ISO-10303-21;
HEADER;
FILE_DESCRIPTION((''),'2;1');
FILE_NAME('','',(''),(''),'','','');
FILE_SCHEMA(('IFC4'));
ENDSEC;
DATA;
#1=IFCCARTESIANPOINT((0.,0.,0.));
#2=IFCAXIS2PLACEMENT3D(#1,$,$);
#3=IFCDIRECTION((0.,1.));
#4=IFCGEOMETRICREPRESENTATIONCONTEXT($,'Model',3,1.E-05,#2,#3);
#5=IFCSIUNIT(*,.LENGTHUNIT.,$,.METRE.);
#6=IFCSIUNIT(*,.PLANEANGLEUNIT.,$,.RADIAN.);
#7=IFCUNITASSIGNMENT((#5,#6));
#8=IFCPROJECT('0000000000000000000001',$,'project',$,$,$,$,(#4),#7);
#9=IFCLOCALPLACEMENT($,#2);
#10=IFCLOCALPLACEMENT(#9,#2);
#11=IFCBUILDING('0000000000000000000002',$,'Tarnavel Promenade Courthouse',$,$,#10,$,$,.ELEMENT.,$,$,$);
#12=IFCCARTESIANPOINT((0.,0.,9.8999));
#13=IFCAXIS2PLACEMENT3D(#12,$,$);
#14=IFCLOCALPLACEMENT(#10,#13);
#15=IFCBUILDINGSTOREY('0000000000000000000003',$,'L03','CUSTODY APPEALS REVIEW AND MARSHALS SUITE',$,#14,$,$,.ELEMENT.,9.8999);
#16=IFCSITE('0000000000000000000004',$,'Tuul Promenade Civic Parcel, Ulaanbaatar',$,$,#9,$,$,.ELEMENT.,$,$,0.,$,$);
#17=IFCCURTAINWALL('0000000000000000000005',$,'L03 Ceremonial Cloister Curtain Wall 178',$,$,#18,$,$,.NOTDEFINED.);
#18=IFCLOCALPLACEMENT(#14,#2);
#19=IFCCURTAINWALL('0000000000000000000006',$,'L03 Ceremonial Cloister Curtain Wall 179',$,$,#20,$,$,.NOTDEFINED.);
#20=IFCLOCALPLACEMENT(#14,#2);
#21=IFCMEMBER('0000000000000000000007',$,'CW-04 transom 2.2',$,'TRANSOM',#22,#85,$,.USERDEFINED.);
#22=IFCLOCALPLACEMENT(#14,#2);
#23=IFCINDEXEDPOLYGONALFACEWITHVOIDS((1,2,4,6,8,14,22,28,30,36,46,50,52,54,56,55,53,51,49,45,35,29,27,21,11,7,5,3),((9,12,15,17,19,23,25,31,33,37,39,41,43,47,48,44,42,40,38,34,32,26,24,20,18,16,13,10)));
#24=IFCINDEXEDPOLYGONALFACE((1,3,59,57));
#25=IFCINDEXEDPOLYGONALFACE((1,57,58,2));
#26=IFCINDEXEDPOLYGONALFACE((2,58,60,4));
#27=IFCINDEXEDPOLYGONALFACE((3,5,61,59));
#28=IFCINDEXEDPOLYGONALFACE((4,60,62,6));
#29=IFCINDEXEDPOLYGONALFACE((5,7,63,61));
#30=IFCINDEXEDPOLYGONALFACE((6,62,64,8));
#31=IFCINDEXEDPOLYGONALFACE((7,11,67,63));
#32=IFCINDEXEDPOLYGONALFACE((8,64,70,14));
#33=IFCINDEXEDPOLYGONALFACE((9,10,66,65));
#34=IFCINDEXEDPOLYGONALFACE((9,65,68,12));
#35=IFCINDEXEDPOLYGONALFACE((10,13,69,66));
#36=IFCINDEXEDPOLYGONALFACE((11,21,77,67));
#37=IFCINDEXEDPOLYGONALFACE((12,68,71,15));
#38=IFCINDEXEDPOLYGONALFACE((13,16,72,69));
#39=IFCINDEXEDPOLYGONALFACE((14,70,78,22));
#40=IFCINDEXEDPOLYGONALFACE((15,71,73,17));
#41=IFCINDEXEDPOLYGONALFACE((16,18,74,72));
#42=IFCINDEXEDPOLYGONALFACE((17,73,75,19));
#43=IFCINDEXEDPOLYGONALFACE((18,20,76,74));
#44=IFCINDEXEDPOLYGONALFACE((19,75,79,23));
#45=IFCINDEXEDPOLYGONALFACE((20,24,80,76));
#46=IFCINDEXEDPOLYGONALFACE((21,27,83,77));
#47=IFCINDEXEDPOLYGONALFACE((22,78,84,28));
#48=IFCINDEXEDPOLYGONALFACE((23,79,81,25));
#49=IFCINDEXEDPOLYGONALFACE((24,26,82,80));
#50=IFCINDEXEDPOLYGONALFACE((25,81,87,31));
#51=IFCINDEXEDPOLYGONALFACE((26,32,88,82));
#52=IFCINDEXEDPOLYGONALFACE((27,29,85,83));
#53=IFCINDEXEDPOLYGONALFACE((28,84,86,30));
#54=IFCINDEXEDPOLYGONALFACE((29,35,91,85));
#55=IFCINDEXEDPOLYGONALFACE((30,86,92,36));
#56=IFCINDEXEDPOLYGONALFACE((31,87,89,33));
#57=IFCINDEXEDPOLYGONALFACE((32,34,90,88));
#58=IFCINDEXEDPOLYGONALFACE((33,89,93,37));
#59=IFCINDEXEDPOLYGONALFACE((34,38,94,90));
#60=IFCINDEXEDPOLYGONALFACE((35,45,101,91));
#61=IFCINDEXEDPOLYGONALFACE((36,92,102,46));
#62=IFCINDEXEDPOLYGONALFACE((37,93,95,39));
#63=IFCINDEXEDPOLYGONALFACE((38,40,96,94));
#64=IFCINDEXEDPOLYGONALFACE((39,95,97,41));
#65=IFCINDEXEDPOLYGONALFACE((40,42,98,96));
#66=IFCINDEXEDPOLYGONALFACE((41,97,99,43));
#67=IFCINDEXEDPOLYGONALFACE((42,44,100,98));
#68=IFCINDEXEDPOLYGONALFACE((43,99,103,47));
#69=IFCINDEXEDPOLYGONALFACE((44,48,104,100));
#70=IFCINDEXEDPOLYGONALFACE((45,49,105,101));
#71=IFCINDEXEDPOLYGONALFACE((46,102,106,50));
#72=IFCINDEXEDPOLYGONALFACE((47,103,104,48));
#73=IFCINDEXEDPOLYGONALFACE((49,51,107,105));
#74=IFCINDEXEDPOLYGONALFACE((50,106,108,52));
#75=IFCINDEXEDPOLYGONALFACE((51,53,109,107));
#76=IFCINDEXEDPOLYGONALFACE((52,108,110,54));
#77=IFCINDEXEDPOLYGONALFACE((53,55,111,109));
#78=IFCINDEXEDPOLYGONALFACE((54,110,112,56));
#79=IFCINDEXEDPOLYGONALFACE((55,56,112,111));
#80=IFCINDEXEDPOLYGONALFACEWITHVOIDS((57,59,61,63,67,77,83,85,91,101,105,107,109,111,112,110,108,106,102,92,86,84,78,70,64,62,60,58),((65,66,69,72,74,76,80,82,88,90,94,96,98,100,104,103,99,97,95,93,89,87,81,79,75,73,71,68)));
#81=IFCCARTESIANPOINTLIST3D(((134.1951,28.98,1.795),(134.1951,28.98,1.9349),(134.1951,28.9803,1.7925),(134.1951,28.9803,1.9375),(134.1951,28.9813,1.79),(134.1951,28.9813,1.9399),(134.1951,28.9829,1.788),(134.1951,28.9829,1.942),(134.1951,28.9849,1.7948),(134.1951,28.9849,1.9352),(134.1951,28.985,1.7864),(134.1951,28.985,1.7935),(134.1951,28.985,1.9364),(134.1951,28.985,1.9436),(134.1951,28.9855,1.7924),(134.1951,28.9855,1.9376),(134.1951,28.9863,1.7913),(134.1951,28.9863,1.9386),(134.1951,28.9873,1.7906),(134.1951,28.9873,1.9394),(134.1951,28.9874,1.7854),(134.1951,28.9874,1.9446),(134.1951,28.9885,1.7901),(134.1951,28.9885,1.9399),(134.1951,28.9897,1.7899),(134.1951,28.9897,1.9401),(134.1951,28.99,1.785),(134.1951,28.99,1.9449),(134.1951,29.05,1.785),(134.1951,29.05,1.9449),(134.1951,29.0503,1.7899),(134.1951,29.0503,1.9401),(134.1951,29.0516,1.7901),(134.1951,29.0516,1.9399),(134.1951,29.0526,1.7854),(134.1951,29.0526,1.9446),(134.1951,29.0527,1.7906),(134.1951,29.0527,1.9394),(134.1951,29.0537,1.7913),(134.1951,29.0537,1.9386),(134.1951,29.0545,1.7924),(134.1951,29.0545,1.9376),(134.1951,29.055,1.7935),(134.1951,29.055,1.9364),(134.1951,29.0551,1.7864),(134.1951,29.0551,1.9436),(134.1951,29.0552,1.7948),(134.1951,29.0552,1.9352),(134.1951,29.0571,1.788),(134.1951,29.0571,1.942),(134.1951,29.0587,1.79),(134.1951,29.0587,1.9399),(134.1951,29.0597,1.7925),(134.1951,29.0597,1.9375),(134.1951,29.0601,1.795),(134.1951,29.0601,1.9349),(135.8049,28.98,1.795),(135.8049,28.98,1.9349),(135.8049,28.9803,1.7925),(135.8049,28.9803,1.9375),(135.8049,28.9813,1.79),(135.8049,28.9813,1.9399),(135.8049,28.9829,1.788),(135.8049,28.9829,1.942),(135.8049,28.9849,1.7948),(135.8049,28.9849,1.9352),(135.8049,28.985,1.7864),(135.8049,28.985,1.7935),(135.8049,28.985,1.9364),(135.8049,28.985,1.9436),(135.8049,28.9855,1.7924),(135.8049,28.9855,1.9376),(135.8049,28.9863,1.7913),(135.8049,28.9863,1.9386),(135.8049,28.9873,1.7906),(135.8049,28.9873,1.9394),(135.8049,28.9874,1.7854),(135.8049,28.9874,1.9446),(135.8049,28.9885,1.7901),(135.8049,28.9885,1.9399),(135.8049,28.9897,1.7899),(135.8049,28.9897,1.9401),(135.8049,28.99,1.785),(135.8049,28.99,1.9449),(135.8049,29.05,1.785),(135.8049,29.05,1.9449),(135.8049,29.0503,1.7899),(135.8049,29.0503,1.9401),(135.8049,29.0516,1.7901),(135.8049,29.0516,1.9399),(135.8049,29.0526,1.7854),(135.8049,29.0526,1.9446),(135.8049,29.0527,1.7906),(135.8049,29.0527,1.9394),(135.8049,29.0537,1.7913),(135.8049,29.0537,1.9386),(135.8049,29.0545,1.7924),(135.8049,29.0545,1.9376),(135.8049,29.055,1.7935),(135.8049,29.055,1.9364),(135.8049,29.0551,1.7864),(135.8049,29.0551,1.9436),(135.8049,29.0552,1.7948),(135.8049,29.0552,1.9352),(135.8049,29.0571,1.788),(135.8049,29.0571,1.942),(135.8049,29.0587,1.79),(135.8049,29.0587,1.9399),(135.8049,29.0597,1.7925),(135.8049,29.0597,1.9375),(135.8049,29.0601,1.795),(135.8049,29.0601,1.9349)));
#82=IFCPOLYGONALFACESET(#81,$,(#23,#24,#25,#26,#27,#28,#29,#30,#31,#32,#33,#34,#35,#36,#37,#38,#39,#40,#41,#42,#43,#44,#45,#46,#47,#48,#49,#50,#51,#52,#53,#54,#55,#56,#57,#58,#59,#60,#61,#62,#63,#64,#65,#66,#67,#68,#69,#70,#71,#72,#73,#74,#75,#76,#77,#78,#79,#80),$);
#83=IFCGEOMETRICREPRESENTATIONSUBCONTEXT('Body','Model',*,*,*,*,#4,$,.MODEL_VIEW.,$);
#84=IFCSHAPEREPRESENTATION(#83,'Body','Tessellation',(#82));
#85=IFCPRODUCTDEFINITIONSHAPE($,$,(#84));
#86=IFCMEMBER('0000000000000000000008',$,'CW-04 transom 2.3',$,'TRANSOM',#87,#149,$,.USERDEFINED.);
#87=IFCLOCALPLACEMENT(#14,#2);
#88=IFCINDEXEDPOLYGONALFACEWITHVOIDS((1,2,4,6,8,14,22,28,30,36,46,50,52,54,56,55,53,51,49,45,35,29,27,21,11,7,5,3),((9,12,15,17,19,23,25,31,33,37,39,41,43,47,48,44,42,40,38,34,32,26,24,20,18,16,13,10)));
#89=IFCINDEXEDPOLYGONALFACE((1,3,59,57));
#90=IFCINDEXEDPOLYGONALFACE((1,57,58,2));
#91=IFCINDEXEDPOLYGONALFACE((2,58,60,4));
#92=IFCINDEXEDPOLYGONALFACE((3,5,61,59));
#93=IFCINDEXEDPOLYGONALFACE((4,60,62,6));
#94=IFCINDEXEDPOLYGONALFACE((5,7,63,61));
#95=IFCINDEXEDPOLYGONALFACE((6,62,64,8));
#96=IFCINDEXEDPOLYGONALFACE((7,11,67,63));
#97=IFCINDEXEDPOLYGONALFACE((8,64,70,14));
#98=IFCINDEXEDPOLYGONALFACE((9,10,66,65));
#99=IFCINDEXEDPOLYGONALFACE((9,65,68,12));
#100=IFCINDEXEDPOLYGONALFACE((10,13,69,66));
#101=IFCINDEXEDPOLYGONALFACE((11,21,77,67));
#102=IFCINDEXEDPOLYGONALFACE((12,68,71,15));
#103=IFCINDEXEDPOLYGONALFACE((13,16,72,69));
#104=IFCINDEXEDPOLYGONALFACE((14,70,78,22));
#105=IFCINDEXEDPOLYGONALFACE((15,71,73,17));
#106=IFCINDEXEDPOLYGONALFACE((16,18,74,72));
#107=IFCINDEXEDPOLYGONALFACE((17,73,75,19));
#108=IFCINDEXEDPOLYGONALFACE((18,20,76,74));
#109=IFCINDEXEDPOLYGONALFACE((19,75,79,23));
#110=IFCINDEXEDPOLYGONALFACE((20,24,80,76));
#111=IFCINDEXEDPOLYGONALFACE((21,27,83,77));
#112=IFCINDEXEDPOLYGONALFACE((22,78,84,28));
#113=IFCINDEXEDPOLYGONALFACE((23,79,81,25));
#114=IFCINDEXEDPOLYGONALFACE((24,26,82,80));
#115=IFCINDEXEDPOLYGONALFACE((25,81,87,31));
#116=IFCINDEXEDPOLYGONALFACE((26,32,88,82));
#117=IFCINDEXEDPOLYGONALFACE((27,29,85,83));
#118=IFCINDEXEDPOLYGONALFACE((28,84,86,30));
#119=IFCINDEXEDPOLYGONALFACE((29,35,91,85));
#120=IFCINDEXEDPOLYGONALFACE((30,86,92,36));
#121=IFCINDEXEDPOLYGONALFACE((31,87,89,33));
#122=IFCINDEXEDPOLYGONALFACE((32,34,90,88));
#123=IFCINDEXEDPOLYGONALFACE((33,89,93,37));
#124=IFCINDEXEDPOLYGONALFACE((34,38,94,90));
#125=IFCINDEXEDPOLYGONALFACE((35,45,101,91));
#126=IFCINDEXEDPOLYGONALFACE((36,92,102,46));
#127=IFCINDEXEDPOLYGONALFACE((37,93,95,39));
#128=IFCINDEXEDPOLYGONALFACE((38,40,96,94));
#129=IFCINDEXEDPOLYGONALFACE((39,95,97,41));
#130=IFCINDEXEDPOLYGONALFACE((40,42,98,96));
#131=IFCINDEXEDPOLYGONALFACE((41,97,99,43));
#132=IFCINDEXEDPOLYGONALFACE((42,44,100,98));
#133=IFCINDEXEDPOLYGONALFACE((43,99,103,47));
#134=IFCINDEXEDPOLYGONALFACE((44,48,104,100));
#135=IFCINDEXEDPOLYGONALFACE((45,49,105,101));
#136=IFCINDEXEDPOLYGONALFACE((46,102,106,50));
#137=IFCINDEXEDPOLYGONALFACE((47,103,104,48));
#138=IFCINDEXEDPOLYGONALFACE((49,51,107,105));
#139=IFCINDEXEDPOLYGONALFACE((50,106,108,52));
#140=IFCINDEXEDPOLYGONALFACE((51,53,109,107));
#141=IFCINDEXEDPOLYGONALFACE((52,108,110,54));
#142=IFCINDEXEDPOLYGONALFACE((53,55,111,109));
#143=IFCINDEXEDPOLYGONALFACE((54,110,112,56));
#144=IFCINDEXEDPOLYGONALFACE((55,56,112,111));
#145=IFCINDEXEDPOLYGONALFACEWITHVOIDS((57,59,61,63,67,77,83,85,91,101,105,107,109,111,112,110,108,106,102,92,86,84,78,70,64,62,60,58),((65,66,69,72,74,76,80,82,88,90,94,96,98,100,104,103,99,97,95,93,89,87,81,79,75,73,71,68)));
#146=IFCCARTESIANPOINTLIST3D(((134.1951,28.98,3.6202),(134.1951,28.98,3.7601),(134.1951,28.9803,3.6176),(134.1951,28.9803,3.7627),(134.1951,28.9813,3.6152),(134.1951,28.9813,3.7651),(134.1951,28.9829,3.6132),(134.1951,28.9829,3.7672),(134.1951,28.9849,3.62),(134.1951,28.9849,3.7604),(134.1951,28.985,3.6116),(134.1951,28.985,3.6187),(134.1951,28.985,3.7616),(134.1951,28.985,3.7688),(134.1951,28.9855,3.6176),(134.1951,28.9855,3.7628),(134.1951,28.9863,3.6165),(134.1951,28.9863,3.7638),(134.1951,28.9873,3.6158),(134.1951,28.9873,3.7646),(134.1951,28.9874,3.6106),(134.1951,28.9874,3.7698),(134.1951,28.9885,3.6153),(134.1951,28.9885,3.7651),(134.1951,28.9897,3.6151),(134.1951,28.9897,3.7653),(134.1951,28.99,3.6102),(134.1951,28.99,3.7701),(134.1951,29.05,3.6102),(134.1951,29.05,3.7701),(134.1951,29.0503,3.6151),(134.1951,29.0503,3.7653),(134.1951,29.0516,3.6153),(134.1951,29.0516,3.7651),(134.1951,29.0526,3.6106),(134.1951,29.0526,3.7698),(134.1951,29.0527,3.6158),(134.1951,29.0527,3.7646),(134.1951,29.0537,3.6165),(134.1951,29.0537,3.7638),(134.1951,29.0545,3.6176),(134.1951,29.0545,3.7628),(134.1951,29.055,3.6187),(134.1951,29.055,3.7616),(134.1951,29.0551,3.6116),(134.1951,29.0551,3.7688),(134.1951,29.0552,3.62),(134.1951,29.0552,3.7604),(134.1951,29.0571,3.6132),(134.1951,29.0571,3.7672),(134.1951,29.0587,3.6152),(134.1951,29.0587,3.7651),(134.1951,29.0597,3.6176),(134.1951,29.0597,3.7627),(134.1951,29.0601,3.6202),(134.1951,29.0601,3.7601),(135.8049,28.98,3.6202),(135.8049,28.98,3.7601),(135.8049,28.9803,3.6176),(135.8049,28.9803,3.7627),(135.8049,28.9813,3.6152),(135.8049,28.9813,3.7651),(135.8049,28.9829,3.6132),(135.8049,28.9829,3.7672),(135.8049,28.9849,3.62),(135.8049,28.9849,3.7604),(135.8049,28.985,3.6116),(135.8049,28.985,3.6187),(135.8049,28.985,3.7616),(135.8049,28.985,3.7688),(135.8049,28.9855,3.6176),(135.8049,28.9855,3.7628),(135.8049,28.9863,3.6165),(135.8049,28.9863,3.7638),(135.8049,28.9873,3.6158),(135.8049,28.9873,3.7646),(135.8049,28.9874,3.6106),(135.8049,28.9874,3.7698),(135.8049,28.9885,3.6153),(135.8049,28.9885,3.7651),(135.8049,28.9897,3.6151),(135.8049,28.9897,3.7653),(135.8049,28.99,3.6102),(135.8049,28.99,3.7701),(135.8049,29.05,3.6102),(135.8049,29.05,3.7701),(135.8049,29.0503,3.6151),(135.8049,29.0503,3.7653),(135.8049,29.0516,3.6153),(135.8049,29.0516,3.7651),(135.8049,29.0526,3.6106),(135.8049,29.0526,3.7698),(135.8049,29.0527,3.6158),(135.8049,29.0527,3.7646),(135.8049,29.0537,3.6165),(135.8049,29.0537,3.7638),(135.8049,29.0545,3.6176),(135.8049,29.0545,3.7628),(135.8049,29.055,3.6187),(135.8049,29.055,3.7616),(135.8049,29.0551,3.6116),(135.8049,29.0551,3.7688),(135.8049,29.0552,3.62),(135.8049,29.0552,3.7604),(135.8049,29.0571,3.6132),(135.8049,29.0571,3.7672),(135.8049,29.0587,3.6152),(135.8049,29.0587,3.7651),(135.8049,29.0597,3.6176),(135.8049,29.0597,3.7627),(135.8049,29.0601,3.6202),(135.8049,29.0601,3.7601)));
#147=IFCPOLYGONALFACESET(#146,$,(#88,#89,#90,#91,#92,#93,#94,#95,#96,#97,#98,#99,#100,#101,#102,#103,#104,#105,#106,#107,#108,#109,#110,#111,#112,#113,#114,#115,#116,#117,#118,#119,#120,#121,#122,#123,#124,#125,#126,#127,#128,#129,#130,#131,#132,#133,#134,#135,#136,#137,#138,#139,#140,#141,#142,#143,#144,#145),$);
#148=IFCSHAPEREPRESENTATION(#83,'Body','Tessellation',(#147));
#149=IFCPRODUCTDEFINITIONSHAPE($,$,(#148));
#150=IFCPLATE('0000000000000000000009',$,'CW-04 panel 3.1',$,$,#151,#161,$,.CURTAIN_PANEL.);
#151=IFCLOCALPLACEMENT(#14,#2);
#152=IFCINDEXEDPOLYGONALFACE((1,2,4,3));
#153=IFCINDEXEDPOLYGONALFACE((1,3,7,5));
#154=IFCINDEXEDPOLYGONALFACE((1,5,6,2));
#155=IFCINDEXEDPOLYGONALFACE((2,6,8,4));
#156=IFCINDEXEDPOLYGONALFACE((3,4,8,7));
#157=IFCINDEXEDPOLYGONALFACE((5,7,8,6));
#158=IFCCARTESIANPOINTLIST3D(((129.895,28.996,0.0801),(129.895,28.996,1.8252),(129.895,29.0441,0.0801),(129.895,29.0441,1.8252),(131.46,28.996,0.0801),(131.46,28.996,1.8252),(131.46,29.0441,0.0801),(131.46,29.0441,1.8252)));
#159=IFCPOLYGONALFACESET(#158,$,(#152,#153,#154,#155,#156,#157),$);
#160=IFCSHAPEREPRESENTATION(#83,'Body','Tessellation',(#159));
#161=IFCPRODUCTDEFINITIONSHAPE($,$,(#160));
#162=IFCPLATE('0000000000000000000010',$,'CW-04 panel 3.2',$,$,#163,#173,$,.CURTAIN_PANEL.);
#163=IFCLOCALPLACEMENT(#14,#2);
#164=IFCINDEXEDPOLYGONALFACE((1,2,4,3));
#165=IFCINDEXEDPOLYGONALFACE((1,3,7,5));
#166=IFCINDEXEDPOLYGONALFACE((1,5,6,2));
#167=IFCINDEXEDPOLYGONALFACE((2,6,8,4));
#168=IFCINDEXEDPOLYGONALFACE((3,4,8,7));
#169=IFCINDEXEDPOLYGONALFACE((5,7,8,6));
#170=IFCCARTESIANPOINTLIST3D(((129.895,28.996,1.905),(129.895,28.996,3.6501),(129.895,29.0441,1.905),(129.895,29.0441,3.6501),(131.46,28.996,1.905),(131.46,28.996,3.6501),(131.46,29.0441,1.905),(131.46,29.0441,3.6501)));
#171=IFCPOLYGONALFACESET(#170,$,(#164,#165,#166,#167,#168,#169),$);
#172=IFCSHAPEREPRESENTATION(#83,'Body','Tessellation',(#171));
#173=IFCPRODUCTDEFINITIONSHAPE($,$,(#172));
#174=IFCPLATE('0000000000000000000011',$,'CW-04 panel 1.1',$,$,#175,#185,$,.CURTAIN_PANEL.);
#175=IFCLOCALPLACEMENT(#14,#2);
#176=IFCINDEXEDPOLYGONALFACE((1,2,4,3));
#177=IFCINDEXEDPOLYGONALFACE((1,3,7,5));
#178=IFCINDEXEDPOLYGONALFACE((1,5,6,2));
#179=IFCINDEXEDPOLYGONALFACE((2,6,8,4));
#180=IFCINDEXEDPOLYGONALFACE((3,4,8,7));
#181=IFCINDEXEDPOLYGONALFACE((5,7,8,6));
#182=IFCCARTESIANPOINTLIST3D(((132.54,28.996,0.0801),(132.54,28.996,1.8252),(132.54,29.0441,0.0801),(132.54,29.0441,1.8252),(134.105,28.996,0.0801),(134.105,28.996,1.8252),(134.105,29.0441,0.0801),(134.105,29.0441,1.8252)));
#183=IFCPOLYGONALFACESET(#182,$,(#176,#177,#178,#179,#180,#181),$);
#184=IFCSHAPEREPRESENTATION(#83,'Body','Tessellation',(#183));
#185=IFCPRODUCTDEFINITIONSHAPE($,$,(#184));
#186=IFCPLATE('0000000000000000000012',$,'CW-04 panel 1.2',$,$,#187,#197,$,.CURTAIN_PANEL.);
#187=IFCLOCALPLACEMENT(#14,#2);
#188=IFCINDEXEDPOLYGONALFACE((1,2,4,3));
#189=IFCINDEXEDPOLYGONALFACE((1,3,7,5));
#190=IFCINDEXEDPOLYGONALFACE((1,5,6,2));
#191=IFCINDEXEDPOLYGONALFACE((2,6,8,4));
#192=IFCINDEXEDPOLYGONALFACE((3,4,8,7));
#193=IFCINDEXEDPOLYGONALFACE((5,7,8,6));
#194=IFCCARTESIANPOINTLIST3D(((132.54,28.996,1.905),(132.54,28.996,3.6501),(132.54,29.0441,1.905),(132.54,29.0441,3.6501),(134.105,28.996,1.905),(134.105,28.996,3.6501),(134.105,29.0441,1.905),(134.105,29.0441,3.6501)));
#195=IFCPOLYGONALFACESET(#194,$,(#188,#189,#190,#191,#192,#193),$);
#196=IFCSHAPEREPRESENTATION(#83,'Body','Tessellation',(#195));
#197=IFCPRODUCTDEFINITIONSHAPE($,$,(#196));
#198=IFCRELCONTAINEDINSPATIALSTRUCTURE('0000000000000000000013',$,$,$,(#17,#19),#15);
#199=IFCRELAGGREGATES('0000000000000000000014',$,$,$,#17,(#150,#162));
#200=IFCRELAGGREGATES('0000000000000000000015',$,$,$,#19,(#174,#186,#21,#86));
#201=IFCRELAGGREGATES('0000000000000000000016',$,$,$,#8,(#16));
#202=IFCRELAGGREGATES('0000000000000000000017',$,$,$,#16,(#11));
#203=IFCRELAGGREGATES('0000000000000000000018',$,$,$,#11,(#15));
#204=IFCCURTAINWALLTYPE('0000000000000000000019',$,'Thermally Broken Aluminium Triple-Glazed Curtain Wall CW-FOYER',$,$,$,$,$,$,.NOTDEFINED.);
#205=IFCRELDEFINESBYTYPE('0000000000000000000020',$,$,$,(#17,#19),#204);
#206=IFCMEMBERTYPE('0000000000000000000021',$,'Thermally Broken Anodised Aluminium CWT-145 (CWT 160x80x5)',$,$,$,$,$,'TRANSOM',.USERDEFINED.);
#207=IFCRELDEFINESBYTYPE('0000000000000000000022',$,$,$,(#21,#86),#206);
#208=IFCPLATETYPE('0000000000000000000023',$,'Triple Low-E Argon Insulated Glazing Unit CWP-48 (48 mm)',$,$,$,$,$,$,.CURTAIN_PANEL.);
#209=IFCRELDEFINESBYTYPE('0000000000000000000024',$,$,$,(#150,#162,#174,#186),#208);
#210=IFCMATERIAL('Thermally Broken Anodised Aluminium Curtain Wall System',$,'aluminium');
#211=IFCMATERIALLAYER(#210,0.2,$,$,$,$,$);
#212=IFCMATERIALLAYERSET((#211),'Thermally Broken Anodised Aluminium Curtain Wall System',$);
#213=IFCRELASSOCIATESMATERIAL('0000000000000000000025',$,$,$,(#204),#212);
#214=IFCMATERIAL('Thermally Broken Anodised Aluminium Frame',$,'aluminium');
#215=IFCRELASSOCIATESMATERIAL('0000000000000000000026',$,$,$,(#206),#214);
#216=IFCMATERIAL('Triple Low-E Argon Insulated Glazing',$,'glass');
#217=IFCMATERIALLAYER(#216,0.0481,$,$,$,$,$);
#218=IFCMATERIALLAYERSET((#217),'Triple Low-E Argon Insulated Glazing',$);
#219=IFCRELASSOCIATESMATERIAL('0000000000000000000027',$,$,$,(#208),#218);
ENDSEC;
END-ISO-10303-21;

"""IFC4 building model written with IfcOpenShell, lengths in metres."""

from ifc_helpers import new_model, si_unit, direction, frame, origin, origin_2d, place, context, subcontext, project, spatial, rectangle, hollow_rectangle, extrude, material, layer, layer_set, material_profile, profile_set, type_object, element, aggregate, save


model = new_model("IFC4")

# Units and contexts
model_context = context("Model", 3, precision=1e-05, world=origin(), true_north=direction((0.0, 1.0)))
body_context = subcontext(model_context, "Body", "Model", "MODEL_VIEW")
ifc_project = project(units=[si_unit("LENGTHUNIT", "METRE"), si_unit("PLANEANGLEUNIT", "RADIAN")], contexts=[model_context])

# Site, building, storey
site_placement = place(None, origin())
site = spatial("IfcSite", under=ifc_project, at=site_placement, Name="Tuul Promenade Civic Parcel, Ulaanbaatar", CompositionType="ELEMENT", RefElevation=0.0)
building_placement = place(site_placement, origin())
building = spatial("IfcBuilding", under=site, at=building_placement, Name="Tarnavel Promenade Courthouse", CompositionType="ELEMENT")
storey_placement = place(building_placement, frame((0.0, 0.0, 9.8999)))
storey = spatial("IfcBuildingStorey", under=building, at=storey_placement, Name="L03", Description="CUSTODY APPEALS REVIEW AND MARSHALS SUITE", CompositionType="ELEMENT", Elevation=9.8999)

# Curtain wall
ifc_material_1 = material(Name="Thermally Broken Anodised Aluminium Curtain Wall System", Category="aluminium")
ifc_layer_1 = layer(ifc_material_1, 0.2)
ifc_layer_set_1 = layer_set([ifc_layer_1], Name="Thermally Broken Anodised Aluminium Curtain Wall System")
curtain_wall_type = type_object("IfcCurtainWallType", Name="Thermally Broken Aluminium Triple-Glazed Curtain Wall CW-FOYER", PredefinedType="NOTDEFINED", material=ifc_layer_set_1)
curtain_wall_1_placement = place(storey_placement, origin())
curtain_wall_1 = element("IfcCurtainWall", 1, at=curtain_wall_1_placement, inside=storey, type_object=curtain_wall_type, Name="L03 Ceremonial Cloister Curtain Wall 178", PredefinedType="NOTDEFINED")
ifc_material_2 = material(Name="Thermally Broken Anodised Aluminium Frame", Category="aluminium")

# Curtain wall
curtain_wall_2_placement = place(storey_placement, origin())
curtain_wall_2 = element("IfcCurtainWall", 2, at=curtain_wall_2_placement, inside=storey, type_object=curtain_wall_type, Name="L03 Ceremonial Cloister Curtain Wall 179", PredefinedType="NOTDEFINED")

# Members
ifc_material_profile_1 = material_profile(ifc_material_2, hollow_rectangle(XDim=0.0801, YDim=0.1599, WallThickness=0.0049, InnerFilletRadius=0.0049, OuterFilletRadius=0.01, at=origin_2d()), Name="CWT 160x80x5")
ifc_profile_set_1 = profile_set([ifc_material_profile_1], Name="Thermally Broken Anodised Aluminium Frame")
member_type_1 = type_object("IfcMemberType", Name="Thermally Broken Anodised Aluminium CWT-145 (CWT 160x80x5)", ElementType="TRANSOM", PredefinedType="USERDEFINED", material=ifc_profile_set_1)
member_1_placement = place(storey_placement, frame((134.1951, 29.02, 1.865), z_axis=(1.0, 0.0, 0.0), x_axis=(0.0, 1.0, 0.0)))
member_1 = element("IfcMember", 3, at=member_1_placement, type_object=member_type_1, Name="CW-04 transom 2.2", ObjectType="TRANSOM", PredefinedType="USERDEFINED", context=body_context, shape_type="SweptSolid", body=[
    extrude(hollow_rectangle(XDim=0.0801, YDim=0.1599, WallThickness=0.0049, InnerFilletRadius=0.0049, OuterFilletRadius=0.01, at=origin_2d()), origin(), (0.0, 0.0, 1.0), 1.6099),
])
member_2_placement = place(storey_placement, frame((134.1951, 29.02, 3.6902), z_axis=(1.0, 0.0, 0.0), x_axis=(0.0, 1.0, 0.0)))
member_2 = element("IfcMember", 4, at=member_2_placement, type_object=member_type_1, Name="CW-04 transom 2.3", ObjectType="TRANSOM", PredefinedType="USERDEFINED", context=body_context, shape_type="SweptSolid", body=[
    extrude(hollow_rectangle(XDim=0.0801, YDim=0.1599, WallThickness=0.0049, InnerFilletRadius=0.0049, OuterFilletRadius=0.01, at=origin_2d()), origin(), (0.0, 0.0, 1.0), 1.6099),
])

# Plates
ifc_material_3 = material(Name="Triple Low-E Argon Insulated Glazing", Category="glass")
ifc_layer_2 = layer(ifc_material_3, 0.0481)
ifc_layer_set_2 = layer_set([ifc_layer_2], Name="Triple Low-E Argon Insulated Glazing")
plate_type = type_object("IfcPlateType", Name="Triple Low-E Argon Insulated Glazing Unit CWP-48 (48 mm)", PredefinedType="CURTAIN_PANEL", material=ifc_layer_set_2)
plate_1_placement = place(storey_placement, frame((130.6775, 29.02, 0.0801), z_axis=(0.0, 0.0, 1.0), x_axis=(1.0, 0.0, 0.0)))
plate_1 = element("IfcPlate", 5, at=plate_1_placement, type_object=plate_type, Name="CW-04 panel 3.1", PredefinedType="CURTAIN_PANEL", context=body_context, shape_type="SweptSolid", body=[
    extrude(rectangle(XDim=1.5649, YDim=0.0481, at=origin_2d()), origin(), (0.0, 0.0, 1.0), 1.7451),
])
plate_2_placement = place(storey_placement, frame((130.6775, 29.02, 1.905), z_axis=(0.0, 0.0, 1.0), x_axis=(1.0, 0.0, 0.0)))
plate_2 = element("IfcPlate", 6, at=plate_2_placement, type_object=plate_type, Name="CW-04 panel 3.2", PredefinedType="CURTAIN_PANEL", context=body_context, shape_type="SweptSolid", body=[
    extrude(rectangle(XDim=1.5649, YDim=0.0481, at=origin_2d()), origin(), (0.0, 0.0, 1.0), 1.7451),
])
aggregate(curtain_wall_1, [plate_1, plate_2])
plate_3_placement = place(storey_placement, frame((133.3225, 29.02, 0.0801), z_axis=(0.0, 0.0, 1.0), x_axis=(1.0, 0.0, 0.0)))
plate_3 = element("IfcPlate", 7, at=plate_3_placement, type_object=plate_type, Name="CW-04 panel 1.1", PredefinedType="CURTAIN_PANEL", context=body_context, shape_type="SweptSolid", body=[
    extrude(rectangle(XDim=1.5649, YDim=0.0481, at=origin_2d()), origin(), (0.0, 0.0, 1.0), 1.7451),
])
plate_4_placement = place(storey_placement, frame((133.3225, 29.02, 1.905), z_axis=(0.0, 0.0, 1.0), x_axis=(1.0, 0.0, 0.0)))
plate_4 = element("IfcPlate", 8, at=plate_4_placement, type_object=plate_type, Name="CW-04 panel 1.2", PredefinedType="CURTAIN_PANEL", context=body_context, shape_type="SweptSolid", body=[
    extrude(rectangle(XDim=1.5649, YDim=0.0481, at=origin_2d()), origin(), (0.0, 0.0, 1.0), 1.7451),
])
aggregate(curtain_wall_2, [plate_3, plate_4, member_1, member_2])

save(model, "model.ifc")
